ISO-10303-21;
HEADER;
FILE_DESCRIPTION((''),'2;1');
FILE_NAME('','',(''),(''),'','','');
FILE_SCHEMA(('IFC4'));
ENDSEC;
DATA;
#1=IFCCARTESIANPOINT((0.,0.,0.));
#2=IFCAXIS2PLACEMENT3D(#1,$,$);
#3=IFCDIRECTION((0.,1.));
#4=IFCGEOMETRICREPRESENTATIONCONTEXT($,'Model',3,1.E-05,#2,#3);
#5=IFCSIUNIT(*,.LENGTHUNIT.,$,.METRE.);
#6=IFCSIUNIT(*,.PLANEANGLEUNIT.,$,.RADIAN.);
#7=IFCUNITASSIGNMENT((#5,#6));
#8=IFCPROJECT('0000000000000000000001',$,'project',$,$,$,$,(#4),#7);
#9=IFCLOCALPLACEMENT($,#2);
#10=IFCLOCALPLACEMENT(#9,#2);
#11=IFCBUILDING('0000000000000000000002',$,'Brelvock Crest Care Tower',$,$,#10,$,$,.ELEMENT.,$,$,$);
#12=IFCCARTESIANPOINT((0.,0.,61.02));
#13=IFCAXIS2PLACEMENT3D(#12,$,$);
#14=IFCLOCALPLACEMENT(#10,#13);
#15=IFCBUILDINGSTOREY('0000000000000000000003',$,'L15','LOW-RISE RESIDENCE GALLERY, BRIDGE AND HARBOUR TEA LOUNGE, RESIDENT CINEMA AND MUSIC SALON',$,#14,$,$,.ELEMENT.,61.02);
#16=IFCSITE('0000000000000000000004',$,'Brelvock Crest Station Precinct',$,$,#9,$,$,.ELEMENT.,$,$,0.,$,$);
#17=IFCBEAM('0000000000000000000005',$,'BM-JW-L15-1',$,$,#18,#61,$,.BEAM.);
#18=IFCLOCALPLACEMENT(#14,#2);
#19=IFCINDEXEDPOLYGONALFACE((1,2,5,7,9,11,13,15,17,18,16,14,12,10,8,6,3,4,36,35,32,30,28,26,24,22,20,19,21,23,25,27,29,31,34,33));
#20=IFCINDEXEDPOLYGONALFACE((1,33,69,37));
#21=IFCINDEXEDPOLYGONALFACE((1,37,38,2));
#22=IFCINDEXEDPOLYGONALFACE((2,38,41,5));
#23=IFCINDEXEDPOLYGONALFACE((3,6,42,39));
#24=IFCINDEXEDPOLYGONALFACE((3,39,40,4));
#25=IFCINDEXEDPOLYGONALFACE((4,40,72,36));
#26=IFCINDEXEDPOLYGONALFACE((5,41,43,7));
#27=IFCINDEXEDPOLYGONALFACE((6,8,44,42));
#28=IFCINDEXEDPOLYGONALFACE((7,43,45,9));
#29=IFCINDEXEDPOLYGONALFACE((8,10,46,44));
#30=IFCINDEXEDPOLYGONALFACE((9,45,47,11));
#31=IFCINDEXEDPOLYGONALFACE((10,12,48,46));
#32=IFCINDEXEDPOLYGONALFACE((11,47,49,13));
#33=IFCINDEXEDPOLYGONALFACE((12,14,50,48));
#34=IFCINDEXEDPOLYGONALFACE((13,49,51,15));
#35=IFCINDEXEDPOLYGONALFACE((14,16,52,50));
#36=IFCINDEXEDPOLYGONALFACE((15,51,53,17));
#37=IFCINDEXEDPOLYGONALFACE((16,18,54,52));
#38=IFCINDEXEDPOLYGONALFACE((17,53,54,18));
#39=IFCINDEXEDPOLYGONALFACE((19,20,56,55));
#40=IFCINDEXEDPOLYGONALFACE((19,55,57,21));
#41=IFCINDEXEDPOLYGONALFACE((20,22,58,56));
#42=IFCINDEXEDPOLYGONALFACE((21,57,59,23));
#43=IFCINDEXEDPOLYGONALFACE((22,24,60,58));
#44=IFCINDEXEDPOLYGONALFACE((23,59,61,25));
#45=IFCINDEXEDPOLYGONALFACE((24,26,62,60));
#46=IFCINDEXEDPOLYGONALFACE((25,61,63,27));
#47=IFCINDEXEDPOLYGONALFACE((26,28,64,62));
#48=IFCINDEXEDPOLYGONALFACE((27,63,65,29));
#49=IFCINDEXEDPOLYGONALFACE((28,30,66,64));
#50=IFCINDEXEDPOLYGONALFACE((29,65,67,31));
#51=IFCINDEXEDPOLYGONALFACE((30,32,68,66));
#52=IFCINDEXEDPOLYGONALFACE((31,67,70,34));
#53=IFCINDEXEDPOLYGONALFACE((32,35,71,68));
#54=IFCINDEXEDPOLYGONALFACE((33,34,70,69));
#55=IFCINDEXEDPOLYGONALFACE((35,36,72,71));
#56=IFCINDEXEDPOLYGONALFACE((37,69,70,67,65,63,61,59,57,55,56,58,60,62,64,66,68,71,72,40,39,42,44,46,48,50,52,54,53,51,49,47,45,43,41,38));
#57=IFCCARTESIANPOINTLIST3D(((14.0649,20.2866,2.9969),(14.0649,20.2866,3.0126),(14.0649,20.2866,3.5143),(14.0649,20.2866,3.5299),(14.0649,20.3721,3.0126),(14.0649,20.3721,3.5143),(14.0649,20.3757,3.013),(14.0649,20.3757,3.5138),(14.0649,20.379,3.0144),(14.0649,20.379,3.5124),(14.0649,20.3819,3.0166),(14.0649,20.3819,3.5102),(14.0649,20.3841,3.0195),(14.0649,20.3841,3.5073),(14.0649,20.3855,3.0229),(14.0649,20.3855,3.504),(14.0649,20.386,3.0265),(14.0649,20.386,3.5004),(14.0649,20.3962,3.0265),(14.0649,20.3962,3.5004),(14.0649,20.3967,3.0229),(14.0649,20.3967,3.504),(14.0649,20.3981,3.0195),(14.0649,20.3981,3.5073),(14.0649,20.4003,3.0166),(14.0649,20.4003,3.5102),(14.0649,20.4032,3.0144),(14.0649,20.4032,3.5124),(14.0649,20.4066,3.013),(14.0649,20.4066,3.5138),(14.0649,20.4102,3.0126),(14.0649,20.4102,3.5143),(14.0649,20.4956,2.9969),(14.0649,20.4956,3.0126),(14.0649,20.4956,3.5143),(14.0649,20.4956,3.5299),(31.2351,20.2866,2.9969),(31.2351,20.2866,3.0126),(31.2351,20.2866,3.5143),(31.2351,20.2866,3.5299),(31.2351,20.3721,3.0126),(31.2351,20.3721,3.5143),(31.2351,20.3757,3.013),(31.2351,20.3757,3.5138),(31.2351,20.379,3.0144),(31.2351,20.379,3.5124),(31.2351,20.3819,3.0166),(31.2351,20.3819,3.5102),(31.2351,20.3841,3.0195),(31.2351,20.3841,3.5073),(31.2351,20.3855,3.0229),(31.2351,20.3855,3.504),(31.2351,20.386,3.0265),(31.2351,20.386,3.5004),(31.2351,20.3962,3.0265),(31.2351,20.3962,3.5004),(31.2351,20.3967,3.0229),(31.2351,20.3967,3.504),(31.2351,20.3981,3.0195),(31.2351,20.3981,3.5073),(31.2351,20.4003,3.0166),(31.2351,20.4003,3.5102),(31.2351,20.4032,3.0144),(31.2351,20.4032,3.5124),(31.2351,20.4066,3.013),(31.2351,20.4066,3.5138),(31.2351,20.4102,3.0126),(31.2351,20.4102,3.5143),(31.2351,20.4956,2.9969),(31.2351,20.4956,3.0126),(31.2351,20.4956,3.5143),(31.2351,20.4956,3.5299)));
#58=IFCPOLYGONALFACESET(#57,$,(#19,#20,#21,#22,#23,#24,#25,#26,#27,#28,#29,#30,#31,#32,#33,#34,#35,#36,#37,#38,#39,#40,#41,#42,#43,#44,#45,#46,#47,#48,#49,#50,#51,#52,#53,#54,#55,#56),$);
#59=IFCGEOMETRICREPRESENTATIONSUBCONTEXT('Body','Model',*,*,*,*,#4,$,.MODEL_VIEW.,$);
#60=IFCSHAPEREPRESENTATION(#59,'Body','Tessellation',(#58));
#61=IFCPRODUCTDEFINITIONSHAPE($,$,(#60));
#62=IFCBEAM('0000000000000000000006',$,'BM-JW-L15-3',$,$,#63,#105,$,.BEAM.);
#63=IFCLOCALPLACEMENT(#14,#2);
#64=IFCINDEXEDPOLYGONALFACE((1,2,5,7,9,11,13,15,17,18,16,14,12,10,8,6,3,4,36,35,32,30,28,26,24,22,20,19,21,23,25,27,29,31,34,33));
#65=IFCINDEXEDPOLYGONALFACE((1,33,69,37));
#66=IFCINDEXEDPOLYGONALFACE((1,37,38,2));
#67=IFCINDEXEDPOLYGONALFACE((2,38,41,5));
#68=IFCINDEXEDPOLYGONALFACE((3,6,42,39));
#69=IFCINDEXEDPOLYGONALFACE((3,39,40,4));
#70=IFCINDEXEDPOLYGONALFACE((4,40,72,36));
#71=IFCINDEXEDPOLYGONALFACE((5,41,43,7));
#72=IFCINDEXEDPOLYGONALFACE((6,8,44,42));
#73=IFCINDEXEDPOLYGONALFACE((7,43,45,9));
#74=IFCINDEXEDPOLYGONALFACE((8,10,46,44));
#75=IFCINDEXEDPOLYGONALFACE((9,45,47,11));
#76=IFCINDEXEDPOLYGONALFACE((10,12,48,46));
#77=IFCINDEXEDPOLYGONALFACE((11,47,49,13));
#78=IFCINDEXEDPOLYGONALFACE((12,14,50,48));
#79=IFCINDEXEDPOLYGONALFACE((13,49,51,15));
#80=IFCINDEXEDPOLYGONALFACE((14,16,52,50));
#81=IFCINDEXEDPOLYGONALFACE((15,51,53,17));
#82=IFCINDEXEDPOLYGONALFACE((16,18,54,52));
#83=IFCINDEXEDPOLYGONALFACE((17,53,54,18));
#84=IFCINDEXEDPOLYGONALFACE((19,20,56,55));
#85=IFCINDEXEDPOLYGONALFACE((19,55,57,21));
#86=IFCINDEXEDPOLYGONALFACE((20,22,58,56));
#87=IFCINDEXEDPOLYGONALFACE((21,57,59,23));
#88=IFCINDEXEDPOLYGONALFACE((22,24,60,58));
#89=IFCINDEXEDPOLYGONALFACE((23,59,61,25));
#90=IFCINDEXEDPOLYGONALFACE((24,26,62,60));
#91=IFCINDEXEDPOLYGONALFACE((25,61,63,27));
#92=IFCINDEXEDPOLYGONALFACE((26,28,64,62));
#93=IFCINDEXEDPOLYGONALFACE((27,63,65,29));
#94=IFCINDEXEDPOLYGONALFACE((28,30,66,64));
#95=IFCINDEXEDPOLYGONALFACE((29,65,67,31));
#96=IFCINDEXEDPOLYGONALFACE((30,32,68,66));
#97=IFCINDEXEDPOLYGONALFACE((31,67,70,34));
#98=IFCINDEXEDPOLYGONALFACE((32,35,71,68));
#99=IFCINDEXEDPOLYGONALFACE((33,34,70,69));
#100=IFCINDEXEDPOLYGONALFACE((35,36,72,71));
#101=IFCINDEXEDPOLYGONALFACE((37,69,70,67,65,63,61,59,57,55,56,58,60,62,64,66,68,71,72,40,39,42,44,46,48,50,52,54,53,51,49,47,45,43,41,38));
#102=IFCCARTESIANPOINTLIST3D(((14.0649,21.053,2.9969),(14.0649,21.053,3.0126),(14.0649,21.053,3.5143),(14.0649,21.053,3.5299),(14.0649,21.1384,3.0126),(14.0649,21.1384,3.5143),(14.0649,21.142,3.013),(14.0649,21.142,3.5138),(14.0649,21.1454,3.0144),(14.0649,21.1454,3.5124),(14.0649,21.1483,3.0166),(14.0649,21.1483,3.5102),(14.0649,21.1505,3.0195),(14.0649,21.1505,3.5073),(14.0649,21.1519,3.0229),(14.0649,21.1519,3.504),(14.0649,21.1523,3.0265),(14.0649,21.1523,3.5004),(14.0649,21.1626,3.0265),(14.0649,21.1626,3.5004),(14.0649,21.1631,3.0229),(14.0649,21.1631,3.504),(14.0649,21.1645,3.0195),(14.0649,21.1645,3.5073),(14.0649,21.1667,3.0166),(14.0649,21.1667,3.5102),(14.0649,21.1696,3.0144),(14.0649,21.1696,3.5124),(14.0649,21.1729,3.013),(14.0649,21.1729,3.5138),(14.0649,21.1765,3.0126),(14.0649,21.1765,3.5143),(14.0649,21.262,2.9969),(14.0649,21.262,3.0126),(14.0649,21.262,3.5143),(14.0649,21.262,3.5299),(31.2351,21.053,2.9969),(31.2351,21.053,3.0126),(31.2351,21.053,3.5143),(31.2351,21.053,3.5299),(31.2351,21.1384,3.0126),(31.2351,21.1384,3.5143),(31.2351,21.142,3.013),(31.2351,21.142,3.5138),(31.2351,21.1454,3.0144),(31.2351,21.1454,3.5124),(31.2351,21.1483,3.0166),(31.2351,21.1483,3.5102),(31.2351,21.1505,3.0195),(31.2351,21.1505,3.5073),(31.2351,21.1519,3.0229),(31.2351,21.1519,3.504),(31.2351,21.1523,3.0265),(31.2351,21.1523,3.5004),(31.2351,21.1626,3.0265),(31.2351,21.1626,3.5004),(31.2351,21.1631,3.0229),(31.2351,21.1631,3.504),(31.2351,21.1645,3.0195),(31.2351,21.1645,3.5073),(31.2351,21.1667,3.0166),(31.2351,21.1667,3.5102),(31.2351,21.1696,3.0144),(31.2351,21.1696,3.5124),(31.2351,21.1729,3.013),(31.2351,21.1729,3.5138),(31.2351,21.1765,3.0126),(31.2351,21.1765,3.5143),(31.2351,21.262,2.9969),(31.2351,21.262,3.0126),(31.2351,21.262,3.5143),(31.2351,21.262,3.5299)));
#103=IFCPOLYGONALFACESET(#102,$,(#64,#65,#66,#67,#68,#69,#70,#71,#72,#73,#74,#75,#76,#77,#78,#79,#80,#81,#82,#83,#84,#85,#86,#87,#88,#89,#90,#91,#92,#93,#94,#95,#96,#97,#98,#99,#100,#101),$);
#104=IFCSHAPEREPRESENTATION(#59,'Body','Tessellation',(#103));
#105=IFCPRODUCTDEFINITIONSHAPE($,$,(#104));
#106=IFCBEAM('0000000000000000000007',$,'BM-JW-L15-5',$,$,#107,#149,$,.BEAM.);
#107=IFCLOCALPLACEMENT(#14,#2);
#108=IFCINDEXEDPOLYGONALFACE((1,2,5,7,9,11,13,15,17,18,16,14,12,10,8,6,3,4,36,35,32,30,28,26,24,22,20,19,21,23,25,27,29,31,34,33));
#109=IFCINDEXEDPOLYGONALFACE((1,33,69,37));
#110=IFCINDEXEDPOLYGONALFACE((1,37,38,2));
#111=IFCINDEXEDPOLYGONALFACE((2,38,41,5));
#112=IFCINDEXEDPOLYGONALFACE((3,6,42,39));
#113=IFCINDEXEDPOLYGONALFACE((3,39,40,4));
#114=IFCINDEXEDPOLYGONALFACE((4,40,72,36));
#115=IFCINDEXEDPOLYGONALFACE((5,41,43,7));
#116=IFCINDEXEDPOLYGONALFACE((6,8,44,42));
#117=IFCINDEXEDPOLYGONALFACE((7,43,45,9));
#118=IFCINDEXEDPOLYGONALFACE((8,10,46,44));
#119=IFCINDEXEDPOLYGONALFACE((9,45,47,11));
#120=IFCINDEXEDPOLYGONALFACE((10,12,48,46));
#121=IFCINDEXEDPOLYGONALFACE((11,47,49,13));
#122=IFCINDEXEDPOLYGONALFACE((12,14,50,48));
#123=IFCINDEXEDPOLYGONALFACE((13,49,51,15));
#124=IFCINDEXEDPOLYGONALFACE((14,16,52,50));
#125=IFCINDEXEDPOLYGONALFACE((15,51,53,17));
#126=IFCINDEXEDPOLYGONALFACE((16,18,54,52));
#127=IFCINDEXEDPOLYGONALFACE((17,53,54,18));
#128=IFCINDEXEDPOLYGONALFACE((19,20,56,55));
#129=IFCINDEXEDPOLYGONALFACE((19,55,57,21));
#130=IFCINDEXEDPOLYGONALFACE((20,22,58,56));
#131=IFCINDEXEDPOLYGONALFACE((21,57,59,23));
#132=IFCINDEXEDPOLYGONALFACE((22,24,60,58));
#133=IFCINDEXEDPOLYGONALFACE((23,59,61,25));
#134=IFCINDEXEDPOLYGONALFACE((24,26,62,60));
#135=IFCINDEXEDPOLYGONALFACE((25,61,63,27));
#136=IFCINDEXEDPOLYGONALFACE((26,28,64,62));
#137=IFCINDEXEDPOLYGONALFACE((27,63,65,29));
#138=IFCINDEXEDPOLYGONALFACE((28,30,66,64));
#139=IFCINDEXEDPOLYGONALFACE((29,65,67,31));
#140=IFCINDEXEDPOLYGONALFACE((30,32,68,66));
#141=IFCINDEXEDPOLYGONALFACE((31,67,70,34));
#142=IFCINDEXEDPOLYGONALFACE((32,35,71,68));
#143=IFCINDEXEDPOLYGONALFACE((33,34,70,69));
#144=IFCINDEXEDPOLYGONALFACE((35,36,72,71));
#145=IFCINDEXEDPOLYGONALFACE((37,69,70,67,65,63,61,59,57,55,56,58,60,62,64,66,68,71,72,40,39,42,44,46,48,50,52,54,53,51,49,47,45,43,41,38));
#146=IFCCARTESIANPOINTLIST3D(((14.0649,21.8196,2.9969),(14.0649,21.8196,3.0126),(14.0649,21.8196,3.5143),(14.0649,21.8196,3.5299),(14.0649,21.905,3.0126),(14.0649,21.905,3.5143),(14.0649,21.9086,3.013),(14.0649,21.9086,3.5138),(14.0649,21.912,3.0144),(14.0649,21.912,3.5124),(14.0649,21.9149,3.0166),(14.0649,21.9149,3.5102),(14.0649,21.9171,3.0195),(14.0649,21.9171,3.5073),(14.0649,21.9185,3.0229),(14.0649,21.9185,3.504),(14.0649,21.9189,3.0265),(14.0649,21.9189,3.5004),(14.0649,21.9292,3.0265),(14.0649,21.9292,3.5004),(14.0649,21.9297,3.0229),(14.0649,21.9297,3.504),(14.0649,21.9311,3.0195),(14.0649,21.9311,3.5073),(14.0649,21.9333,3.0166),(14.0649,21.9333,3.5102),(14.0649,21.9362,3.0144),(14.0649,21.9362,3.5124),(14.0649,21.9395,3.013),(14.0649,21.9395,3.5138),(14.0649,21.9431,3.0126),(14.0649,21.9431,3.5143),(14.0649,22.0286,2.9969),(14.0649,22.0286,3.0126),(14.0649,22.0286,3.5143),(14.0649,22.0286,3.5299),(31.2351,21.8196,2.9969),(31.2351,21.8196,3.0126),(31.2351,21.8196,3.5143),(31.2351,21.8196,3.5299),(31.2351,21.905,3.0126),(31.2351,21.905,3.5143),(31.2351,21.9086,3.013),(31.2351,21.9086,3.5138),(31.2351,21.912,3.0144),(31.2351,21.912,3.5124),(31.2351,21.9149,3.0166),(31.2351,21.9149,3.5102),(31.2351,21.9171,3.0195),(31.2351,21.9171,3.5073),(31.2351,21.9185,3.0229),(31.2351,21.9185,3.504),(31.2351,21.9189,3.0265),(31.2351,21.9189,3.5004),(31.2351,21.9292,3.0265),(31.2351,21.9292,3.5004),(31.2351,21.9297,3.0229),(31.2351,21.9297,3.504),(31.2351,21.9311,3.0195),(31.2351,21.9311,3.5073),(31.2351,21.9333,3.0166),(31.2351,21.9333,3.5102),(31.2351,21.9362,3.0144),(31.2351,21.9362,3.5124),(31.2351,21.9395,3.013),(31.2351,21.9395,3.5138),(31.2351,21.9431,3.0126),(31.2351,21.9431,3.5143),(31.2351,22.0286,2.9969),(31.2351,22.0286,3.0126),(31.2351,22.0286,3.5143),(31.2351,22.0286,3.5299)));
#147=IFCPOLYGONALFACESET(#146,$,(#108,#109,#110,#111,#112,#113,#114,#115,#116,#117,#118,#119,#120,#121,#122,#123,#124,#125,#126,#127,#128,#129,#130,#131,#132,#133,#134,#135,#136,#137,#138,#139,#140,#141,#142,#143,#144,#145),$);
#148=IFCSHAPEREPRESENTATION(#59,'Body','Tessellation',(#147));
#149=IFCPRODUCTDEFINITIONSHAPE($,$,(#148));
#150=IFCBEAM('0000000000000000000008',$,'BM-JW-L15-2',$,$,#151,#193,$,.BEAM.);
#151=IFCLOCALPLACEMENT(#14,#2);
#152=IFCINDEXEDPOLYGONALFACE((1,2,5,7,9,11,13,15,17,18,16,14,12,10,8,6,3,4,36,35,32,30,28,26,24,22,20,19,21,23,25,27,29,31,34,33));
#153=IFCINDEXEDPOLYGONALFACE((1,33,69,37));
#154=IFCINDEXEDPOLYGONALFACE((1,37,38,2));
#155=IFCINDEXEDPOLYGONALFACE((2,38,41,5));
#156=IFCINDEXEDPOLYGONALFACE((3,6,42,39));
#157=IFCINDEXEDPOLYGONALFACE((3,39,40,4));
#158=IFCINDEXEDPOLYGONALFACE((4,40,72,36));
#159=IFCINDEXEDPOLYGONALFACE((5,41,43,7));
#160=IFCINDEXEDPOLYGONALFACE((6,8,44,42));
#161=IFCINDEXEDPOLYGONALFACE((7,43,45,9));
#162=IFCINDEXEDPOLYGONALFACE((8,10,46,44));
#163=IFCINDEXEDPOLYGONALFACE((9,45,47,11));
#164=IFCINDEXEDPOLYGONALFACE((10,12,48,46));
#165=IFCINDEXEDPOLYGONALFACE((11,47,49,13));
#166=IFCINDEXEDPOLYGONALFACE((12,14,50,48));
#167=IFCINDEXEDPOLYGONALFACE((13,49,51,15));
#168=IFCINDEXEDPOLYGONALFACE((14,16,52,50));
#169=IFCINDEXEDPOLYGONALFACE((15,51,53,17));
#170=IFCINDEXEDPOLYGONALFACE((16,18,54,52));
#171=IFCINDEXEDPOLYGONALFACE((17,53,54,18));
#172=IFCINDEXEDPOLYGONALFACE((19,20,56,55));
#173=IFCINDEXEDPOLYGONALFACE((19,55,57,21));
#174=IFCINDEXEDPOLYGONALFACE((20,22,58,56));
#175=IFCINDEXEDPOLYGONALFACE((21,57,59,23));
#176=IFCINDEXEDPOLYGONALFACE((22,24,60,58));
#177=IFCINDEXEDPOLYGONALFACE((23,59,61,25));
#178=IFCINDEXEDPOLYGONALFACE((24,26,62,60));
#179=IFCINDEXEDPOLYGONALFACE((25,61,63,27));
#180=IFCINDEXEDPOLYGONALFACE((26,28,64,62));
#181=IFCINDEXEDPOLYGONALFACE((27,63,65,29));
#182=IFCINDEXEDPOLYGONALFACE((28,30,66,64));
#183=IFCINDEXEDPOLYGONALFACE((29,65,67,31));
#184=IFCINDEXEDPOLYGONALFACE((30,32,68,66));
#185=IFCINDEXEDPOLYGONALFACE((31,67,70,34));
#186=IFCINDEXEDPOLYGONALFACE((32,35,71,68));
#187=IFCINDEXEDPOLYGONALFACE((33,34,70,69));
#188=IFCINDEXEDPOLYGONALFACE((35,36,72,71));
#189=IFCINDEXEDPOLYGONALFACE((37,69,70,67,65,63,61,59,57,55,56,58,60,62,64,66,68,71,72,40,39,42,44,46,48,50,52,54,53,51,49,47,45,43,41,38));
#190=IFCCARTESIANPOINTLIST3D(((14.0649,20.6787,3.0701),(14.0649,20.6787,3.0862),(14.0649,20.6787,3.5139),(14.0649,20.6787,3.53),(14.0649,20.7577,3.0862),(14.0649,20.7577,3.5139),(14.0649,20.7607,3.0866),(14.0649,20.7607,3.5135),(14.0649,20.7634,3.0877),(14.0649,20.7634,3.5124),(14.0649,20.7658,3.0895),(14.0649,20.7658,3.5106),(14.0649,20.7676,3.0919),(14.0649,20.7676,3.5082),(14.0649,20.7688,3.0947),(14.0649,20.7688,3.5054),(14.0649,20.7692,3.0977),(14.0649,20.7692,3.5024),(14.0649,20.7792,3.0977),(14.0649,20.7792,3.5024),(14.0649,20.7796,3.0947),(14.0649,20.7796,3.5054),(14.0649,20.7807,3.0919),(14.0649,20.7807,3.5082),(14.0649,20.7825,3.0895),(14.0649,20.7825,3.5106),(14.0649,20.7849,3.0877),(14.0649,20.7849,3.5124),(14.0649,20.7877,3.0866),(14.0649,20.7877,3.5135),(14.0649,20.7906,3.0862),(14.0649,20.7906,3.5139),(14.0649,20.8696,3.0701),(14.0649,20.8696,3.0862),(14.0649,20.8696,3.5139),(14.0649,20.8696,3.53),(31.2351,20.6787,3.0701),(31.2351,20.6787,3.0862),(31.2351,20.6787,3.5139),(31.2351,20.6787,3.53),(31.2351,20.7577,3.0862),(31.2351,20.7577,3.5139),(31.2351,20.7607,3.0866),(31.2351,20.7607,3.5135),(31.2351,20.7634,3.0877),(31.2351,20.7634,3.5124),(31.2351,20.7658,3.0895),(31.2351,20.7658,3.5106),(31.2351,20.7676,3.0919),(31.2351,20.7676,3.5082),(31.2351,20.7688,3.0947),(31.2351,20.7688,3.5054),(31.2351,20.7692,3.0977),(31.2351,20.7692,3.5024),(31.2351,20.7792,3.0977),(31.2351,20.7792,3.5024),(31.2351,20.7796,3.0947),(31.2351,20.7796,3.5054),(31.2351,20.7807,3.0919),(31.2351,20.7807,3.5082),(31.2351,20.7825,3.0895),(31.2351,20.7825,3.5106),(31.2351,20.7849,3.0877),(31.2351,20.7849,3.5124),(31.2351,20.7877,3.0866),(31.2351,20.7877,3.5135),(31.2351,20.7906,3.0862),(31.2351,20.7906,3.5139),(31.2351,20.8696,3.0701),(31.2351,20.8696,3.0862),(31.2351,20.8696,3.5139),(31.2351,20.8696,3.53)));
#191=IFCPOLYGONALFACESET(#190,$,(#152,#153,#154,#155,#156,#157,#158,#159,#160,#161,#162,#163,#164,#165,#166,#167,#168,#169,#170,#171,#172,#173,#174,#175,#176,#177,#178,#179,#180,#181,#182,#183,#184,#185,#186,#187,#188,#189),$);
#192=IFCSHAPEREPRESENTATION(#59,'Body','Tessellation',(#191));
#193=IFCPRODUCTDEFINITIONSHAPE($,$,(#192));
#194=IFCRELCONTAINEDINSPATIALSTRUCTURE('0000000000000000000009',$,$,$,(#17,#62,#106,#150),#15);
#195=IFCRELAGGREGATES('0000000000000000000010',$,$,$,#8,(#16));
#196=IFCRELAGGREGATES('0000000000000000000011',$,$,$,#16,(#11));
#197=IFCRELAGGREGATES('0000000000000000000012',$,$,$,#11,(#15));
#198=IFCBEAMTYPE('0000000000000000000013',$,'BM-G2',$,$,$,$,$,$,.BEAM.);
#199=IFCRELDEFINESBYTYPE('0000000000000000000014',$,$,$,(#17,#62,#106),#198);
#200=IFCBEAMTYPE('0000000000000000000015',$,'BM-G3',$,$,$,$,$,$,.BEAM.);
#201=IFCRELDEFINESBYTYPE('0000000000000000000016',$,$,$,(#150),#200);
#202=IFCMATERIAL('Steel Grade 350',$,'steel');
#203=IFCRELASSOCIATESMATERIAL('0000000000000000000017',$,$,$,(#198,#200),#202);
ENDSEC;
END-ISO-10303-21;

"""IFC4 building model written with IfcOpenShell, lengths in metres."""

from ifc_helpers import new_model, si_unit, direction, frame, origin, origin_2d, place, context, subcontext, project, spatial, i_section, extrude, source, transform, mapped, material, material_profile, profile_set, type_object, element, save


model = new_model("IFC4")

# Units and contexts
model_context = context("Model", 3, precision=1e-05, world=origin(), true_north=direction((0.0, 1.0)))
body_context = subcontext(model_context, "Body", "Model", "MODEL_VIEW")
ifc_project = project(units=[si_unit("LENGTHUNIT", "METRE"), si_unit("PLANEANGLEUNIT", "RADIAN")], contexts=[model_context])

# Site, building, storey
site_placement = place(None, origin())
site = spatial("IfcSite", under=ifc_project, at=site_placement, Name="Brelvock Crest Station Precinct", CompositionType="ELEMENT", RefElevation=0.0)
building_placement = place(site_placement, origin())
building = spatial("IfcBuilding", under=site, at=building_placement, Name="Brelvock Crest Care Tower", CompositionType="ELEMENT")
storey_placement = place(building_placement, frame((0.0, 0.0, 61.02)))
storey = spatial("IfcBuildingStorey", under=building, at=storey_placement, Name="L15", Description="LOW-RISE RESIDENCE GALLERY, BRIDGE AND HARBOUR TEA LOUNGE, RESIDENT CINEMA AND MUSIC SALON", CompositionType="ELEMENT", Elevation=61.02)

# Shared definitions
ifc_material_1 = material(Name="Steel Grade 350", Category="steel")

# Beams
ifc_material_profile_1 = material_profile(ifc_material_1, i_section(OverallWidth=0.209, OverallDepth=0.533, WebThickness=0.0103, FlangeThickness=0.0156, FilletRadius=0.0139, at=origin_2d()), Name="530UB92.4")
ifc_profile_set_1 = profile_set([ifc_material_profile_1], Name="Steel Grade 350")
beam_type_1 = type_object("IfcBeamType", Name="BM-G2", PredefinedType="BEAM", material=ifc_profile_set_1)
shared_shape_1 = source(origin(), body_context, "Body", "SweptSolid", [
    extrude(i_section(OverallWidth=0.209, OverallDepth=0.533, WebThickness=0.0103, FlangeThickness=0.0156, FilletRadius=0.0139, at=origin_2d()), origin(), (0.0, 0.0, 1.0), 17.1702),
])
for number, where, z_axis, x_axis, name in (
    (1, (14.0649, 20.3911, 3.2634), (1.0, 0.0, 0.0), (0.0, 1.0, 0.0), "BM-JW-L15-1"),
    (2, (14.0649, 21.1575, 3.2634), (1.0, 0.0, 0.0), (0.0, 1.0, 0.0), "BM-JW-L15-3"),
    (3, (14.0649, 21.9241, 3.2634), (1.0, 0.0, 0.0), (0.0, 1.0, 0.0), "BM-JW-L15-5"),
):
    element("IfcBeam", number, at=place(storey_placement, frame(where, z_axis=z_axis, x_axis=x_axis)), inside=storey, type_object=beam_type_1, Name=name, PredefinedType="BEAM", context=body_context, shape_type="MappedRepresentation", body=[
        mapped(shared_shape_1, transform((0.0, 0.0, 0.0), x_axis=(1.0, 0.0, 0.0), y_axis=(0.0, 1.0, 0.0), z_axis=(0.0, 0.0, 1.0), scale=1.0)),
    ])
ifc_material_profile_2 = material_profile(ifc_material_1, i_section(OverallWidth=0.1909, OverallDepth=0.46, WebThickness=0.01, FlangeThickness=0.0161, FilletRadius=0.0115, at=origin_2d()), Name="460UB82.1")
ifc_profile_set_2 = profile_set([ifc_material_profile_2], Name="Steel Grade 350")
beam_type_2 = type_object("IfcBeamType", Name="BM-G3", PredefinedType="BEAM", material=ifc_profile_set_2)
shared_shape_2 = source(origin(), body_context, "Body", "SweptSolid", [
    extrude(i_section(OverallWidth=0.1909, OverallDepth=0.46, WebThickness=0.01, FlangeThickness=0.0161, FilletRadius=0.0115, at=origin_2d()), origin(), (0.0, 0.0, 1.0), 17.1702),
])
for number, where, z_axis, x_axis, name in (
    (4, (14.0649, 20.7742, 3.3), (1.0, 0.0, 0.0), (0.0, 1.0, 0.0), "BM-JW-L15-2"),
):
    element("IfcBeam", number, at=place(storey_placement, frame(where, z_axis=z_axis, x_axis=x_axis)), inside=storey, type_object=beam_type_2, Name=name, PredefinedType="BEAM", context=body_context, shape_type="MappedRepresentation", body=[
        mapped(shared_shape_2, transform((0.0, 0.0, 0.0), x_axis=(1.0, 0.0, 0.0), y_axis=(0.0, 1.0, 0.0), z_axis=(0.0, 0.0, 1.0), scale=1.0)),
    ])

save(model, "model.ifc")
